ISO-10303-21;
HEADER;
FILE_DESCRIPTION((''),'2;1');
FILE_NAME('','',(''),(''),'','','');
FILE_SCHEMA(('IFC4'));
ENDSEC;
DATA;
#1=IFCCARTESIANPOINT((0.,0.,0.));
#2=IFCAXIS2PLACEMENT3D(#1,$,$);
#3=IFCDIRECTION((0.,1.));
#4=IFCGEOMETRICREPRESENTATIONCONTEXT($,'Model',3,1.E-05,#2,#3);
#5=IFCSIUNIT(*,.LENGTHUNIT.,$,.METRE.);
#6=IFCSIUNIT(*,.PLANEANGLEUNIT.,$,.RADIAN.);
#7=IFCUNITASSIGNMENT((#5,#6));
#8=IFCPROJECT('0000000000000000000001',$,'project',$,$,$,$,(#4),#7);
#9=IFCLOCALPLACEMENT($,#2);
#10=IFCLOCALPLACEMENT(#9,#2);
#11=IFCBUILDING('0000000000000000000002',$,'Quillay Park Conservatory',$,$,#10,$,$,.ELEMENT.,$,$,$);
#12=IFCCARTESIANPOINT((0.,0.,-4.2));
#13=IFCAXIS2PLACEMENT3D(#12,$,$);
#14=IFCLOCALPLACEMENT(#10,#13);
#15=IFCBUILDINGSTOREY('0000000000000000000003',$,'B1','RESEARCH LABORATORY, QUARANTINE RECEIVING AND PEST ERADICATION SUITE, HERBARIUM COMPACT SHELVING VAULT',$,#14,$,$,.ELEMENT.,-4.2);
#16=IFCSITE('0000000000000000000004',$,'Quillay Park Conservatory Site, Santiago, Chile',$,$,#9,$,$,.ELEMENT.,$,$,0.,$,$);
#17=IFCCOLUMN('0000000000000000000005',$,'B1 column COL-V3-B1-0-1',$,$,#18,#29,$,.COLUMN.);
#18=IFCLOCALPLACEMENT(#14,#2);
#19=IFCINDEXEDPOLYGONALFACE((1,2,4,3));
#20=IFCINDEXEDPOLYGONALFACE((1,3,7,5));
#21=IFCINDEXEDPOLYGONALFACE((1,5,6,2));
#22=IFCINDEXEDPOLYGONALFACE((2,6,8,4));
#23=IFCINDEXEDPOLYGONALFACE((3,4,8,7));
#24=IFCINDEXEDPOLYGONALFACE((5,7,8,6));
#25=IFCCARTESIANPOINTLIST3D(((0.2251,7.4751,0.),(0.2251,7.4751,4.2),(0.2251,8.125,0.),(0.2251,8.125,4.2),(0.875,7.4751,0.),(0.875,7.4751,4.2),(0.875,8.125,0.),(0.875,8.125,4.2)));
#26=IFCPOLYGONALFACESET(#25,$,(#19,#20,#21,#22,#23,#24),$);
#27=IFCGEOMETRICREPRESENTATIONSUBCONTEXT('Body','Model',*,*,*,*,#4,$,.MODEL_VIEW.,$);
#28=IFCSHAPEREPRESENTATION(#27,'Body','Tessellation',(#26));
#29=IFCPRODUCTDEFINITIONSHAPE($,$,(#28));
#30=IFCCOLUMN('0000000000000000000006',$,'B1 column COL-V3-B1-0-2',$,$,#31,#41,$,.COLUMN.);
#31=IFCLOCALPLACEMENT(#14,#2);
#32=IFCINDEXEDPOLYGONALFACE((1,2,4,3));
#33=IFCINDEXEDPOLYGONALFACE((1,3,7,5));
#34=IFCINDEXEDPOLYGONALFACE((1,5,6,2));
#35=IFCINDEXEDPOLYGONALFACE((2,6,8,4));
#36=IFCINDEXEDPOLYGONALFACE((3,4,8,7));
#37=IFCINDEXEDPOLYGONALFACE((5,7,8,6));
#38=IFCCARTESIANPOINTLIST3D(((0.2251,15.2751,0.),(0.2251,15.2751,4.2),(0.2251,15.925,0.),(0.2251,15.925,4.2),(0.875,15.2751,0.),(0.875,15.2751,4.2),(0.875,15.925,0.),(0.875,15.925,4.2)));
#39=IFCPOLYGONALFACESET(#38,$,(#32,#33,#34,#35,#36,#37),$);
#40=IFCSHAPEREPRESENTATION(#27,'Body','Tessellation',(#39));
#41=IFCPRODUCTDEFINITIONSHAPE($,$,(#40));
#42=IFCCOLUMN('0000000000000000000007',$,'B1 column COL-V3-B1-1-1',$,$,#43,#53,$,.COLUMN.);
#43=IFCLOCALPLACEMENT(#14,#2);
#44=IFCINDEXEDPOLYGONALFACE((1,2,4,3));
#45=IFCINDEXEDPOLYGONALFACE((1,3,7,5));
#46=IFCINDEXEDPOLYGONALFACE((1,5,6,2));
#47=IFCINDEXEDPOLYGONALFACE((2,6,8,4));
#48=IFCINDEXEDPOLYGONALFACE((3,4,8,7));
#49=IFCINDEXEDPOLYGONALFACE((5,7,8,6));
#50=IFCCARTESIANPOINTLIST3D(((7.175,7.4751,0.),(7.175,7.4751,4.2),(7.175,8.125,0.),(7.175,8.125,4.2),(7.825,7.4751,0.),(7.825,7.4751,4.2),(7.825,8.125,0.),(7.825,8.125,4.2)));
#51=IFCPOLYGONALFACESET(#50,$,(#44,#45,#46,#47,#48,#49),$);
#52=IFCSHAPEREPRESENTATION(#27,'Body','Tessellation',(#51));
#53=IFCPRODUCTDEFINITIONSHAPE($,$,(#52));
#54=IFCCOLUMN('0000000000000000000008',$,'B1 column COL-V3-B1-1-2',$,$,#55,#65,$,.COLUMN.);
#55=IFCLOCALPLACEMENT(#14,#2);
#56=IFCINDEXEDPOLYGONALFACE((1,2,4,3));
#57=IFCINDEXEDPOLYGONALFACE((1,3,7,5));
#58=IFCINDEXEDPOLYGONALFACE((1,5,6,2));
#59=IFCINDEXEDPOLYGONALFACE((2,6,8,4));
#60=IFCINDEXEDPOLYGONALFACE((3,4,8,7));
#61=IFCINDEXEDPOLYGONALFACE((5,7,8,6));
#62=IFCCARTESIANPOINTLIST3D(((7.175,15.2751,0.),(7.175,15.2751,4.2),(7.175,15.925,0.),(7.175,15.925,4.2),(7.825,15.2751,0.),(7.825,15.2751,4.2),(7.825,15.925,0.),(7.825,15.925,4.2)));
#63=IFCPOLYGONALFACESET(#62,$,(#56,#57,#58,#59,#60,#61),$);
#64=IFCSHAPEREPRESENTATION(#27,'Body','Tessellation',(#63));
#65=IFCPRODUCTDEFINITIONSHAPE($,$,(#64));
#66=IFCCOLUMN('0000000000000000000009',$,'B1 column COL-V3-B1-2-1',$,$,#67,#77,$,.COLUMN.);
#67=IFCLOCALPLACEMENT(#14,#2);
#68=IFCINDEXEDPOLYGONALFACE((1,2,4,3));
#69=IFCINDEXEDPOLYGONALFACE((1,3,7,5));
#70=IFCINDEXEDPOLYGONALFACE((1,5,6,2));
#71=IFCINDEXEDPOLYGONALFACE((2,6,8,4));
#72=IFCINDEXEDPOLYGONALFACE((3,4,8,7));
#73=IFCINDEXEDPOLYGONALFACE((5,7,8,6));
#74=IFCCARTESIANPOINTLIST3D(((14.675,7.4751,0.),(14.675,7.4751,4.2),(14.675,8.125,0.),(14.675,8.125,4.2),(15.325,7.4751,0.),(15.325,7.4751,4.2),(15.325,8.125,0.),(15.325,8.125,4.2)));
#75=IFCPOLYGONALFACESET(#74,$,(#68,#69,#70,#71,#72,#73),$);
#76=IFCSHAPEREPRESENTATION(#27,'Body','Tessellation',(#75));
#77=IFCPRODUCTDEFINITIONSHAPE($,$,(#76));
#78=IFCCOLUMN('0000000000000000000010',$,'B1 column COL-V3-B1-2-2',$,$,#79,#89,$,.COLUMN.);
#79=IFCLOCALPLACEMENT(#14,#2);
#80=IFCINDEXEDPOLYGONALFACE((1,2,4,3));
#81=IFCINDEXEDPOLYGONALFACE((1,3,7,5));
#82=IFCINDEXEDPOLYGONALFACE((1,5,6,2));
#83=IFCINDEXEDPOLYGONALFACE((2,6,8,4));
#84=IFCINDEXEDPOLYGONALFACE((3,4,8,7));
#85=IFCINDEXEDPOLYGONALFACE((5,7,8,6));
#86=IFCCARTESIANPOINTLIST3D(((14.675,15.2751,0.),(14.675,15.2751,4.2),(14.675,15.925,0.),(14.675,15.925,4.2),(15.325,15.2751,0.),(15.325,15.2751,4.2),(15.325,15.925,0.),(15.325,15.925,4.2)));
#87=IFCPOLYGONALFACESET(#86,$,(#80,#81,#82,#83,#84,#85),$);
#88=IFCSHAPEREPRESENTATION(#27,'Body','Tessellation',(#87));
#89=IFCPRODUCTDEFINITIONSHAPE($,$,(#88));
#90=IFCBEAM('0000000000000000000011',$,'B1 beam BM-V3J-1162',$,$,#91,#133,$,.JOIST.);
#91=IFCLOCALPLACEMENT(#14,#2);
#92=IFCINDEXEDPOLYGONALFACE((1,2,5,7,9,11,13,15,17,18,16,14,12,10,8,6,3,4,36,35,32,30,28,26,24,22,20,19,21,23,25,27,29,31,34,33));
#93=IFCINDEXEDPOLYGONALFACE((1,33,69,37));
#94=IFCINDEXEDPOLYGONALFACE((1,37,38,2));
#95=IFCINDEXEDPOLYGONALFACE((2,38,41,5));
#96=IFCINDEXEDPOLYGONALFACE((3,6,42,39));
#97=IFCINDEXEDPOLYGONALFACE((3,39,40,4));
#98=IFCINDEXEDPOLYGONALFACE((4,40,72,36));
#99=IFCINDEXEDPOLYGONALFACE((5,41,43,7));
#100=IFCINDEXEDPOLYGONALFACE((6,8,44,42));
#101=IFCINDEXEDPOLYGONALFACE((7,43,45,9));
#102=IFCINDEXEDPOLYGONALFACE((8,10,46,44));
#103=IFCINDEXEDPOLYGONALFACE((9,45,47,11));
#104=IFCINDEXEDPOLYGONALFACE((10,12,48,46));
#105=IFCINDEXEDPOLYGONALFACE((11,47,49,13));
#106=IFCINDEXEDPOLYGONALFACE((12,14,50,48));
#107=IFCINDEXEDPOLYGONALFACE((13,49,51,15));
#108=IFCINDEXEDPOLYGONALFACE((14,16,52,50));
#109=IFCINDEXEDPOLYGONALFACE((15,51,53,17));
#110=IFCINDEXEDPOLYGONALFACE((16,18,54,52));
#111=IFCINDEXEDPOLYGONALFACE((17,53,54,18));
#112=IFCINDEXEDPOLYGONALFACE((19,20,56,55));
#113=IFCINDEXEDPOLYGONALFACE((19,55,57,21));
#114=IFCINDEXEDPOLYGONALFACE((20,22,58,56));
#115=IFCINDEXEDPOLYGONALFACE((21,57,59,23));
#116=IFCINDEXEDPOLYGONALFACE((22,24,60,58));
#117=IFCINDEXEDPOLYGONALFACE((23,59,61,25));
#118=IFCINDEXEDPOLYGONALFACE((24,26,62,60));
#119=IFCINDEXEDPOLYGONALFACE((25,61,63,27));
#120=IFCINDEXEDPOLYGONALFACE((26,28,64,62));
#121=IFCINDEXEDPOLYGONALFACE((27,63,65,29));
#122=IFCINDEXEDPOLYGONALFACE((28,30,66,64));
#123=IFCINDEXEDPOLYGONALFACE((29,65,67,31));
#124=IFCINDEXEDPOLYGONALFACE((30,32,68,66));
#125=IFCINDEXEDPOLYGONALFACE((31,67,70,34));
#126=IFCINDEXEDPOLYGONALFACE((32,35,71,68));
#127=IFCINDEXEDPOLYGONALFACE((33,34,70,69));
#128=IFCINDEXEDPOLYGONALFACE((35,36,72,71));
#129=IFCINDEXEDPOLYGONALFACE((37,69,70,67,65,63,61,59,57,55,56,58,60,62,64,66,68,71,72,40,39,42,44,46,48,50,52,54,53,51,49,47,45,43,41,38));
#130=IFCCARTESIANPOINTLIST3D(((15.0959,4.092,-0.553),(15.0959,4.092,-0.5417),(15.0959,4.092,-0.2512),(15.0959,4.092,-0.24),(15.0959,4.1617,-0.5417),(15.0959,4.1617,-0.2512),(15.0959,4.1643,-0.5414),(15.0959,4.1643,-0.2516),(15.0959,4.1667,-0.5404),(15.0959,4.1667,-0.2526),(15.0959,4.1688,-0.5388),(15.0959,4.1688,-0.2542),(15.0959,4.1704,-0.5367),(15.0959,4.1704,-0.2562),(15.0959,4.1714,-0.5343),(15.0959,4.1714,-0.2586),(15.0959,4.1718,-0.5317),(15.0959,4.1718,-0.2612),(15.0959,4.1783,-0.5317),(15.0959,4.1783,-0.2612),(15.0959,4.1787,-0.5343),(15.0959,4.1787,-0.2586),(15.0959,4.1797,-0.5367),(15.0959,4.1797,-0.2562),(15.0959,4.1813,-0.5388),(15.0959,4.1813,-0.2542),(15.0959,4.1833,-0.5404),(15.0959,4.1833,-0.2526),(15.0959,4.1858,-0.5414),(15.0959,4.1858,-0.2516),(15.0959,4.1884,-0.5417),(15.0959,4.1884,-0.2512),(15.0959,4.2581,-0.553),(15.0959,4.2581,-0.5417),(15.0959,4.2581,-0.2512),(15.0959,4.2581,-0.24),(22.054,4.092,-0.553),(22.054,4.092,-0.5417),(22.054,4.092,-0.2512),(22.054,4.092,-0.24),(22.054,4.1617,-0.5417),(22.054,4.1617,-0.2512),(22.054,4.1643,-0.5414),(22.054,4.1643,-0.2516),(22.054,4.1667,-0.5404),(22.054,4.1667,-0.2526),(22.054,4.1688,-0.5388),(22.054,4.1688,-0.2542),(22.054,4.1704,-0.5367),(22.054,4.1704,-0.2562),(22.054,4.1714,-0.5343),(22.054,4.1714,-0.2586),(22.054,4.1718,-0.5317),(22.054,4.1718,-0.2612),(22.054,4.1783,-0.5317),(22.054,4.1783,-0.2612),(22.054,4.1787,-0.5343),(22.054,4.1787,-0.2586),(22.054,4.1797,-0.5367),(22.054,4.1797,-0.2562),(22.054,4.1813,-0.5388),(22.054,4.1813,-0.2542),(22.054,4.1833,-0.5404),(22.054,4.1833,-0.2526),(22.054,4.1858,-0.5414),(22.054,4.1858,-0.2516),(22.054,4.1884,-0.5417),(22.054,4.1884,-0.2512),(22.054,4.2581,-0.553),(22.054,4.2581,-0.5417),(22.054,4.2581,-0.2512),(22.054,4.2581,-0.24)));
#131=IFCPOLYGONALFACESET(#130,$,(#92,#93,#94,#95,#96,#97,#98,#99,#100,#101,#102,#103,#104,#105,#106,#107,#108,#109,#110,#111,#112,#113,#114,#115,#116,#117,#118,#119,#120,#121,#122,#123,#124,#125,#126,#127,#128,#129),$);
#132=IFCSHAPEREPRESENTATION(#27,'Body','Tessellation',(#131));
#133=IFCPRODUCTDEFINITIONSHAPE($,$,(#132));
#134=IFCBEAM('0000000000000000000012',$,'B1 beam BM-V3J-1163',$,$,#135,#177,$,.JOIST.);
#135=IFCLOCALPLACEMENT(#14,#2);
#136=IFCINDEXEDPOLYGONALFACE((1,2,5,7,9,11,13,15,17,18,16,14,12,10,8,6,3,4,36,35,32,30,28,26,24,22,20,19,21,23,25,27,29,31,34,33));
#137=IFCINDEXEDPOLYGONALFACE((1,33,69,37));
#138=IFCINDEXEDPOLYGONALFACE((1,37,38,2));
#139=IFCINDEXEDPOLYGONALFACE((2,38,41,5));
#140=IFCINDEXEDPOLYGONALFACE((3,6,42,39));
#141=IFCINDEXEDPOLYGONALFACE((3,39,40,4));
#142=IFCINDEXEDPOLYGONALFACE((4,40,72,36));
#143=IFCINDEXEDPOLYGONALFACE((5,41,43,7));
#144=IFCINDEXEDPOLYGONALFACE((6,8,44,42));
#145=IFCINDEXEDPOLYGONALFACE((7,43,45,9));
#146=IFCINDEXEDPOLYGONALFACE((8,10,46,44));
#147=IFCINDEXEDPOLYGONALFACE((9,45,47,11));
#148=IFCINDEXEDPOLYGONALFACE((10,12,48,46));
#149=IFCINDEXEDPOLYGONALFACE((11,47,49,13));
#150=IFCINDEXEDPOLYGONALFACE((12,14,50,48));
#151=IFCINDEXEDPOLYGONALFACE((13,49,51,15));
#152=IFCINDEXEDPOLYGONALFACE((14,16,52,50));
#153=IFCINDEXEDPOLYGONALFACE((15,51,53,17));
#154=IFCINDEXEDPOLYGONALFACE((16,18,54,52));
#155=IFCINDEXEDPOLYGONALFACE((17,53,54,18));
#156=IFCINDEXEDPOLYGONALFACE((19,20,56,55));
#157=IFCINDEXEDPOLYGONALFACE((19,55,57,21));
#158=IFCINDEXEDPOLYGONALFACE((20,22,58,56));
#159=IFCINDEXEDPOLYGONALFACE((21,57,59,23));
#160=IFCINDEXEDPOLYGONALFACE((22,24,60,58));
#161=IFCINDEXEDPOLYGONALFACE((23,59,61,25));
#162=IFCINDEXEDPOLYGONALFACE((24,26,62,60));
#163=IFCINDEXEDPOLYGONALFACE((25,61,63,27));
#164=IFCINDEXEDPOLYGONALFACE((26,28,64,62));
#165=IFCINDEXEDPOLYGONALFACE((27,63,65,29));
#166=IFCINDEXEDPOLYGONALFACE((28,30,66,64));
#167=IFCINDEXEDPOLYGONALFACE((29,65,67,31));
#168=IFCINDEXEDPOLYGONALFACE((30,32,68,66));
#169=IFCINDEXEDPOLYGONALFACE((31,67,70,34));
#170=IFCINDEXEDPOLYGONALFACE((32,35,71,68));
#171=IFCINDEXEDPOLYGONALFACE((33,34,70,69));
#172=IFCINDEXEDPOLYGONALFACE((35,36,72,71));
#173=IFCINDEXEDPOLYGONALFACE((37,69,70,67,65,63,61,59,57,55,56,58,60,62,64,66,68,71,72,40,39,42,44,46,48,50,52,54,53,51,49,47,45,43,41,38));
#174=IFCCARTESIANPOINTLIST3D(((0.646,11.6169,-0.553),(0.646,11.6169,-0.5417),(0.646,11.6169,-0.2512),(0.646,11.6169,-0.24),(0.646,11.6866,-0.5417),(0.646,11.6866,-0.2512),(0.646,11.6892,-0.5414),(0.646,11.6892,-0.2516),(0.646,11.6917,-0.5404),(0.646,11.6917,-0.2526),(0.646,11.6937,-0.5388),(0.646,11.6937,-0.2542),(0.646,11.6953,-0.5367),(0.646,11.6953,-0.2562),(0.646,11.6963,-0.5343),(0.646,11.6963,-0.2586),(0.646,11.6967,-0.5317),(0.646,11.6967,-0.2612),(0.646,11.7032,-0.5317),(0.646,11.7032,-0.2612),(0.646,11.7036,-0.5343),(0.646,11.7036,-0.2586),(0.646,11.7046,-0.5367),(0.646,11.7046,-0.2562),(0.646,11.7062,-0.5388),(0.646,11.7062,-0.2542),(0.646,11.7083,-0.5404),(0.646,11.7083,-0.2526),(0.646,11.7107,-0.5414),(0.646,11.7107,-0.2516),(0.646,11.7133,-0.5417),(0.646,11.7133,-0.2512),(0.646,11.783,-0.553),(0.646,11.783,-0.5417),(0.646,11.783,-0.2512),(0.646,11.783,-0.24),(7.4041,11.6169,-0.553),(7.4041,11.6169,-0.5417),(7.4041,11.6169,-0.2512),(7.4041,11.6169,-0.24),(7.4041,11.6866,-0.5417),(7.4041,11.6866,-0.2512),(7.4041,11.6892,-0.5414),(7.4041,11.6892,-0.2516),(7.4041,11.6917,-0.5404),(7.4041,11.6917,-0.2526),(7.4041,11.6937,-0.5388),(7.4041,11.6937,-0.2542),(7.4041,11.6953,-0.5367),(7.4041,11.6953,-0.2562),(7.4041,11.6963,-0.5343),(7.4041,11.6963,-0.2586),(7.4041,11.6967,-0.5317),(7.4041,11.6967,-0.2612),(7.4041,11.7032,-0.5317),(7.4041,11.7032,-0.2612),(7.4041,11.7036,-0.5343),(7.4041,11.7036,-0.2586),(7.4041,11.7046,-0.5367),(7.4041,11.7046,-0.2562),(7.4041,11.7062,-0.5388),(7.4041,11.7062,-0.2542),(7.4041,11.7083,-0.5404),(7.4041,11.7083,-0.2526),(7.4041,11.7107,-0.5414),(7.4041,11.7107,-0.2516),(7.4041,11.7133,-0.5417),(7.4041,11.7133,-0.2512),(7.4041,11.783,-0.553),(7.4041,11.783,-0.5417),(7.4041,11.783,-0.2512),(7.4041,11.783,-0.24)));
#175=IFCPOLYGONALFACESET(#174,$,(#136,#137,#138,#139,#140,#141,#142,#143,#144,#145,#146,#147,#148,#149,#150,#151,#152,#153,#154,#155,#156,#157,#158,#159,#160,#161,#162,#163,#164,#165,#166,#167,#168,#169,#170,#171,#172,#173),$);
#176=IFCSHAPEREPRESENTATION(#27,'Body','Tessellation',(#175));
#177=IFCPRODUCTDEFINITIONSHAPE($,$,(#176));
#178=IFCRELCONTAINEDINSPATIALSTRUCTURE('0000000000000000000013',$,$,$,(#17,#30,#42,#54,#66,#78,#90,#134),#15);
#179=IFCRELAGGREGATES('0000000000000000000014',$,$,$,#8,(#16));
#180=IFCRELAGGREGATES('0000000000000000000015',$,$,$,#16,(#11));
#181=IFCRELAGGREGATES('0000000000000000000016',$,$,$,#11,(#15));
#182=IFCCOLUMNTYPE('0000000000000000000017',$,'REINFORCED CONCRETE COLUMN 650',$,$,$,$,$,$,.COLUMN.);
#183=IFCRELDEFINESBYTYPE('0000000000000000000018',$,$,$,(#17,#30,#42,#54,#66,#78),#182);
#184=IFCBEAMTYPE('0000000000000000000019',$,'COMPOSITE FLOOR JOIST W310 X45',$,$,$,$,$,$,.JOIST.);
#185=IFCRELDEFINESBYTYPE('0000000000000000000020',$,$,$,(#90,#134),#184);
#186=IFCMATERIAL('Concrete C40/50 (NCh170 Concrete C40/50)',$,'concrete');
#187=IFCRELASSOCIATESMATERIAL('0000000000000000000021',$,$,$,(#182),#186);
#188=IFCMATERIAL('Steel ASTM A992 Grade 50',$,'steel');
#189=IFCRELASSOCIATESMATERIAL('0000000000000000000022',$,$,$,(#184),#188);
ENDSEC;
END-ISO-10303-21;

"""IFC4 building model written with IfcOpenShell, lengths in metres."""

from ifc_helpers import new_model, si_unit, direction, frame, origin, origin_2d, place, context, subcontext, project, spatial, rectangle, i_section, extrude, material, material_profile, profile_set, type_object, element, save


model = new_model("IFC4")

# Units and contexts
model_context = context("Model", 3, precision=1e-05, world=origin(), true_north=direction((0.0, 1.0)))
body_context = subcontext(model_context, "Body", "Model", "MODEL_VIEW")
ifc_project = project(units=[si_unit("LENGTHUNIT", "METRE"), si_unit("PLANEANGLEUNIT", "RADIAN")], contexts=[model_context])

# Site, building, storey
site_placement = place(None, origin())
site = spatial("IfcSite", under=ifc_project, at=site_placement, Name="Quillay Park Conservatory Site, Santiago, Chile", CompositionType="ELEMENT", RefElevation=0.0)
building_placement = place(site_placement, origin())
building = spatial("IfcBuilding", under=site, at=building_placement, Name="Quillay Park Conservatory", CompositionType="ELEMENT")
storey_placement = place(building_placement, frame((0.0, 0.0, -4.2)))
storey = spatial("IfcBuildingStorey", under=building, at=storey_placement, Name="B1", Description="RESEARCH LABORATORY, QUARANTINE RECEIVING AND PEST ERADICATION SUITE, HERBARIUM COMPACT SHELVING VAULT", CompositionType="ELEMENT", Elevation=-4.2)

# Columns
ifc_material_1 = material(Name="Concrete C40/50 (NCh170 Concrete C40/50)", Category="concrete")
ifc_material_profile_1 = material_profile(ifc_material_1, rectangle(XDim=0.6499, YDim=0.6499, at=origin_2d()), Name="RC650x650")
ifc_profile_set_1 = profile_set([ifc_material_profile_1], Name="Concrete C40/50 (NCh170 Concrete C40/50)")
column_type = type_object("IfcColumnType", Name="REINFORCED CONCRETE COLUMN 650", PredefinedType="COLUMN", material=ifc_profile_set_1)
for number, where, z_axis, x_axis, name in (
    (1, (0.55, 7.8, 0.0), (0.0, 0.0, 1.0), (1.0, 0.0, 0.0), "B1 column COL-V3-B1-0-1"),
    (2, (0.55, 15.6001, 0.0), (0.0, 0.0, 1.0), (1.0, 0.0, 0.0), "B1 column COL-V3-B1-0-2"),
    (3, (7.5, 7.8, 0.0), (0.0, 0.0, 1.0), (1.0, 0.0, 0.0), "B1 column COL-V3-B1-1-1"),
    (4, (7.5, 15.6001, 0.0), (0.0, 0.0, 1.0), (1.0, 0.0, 0.0), "B1 column COL-V3-B1-1-2"),
    (5, (15.0, 7.8, 0.0), (0.0, 0.0, 1.0), (1.0, 0.0, 0.0), "B1 column COL-V3-B1-2-1"),
    (6, (15.0, 15.6001, 0.0), (0.0, 0.0, 1.0), (1.0, 0.0, 0.0), "B1 column COL-V3-B1-2-2"),
):
    element("IfcColumn", number, at=place(storey_placement, frame(where, z_axis=z_axis, x_axis=x_axis)), inside=storey, type_object=column_type, Name=name, PredefinedType="COLUMN", context=body_context, shape_type="SweptSolid", body=[
        extrude(rectangle(XDim=0.6499, YDim=0.6499, at=origin_2d()), origin(), (0.0, 0.0, 1.0), 4.2),
    ])

# Beams
ifc_material_2 = material(Name="Steel ASTM A992 Grade 50", Category="steel")
ifc_material_profile_2 = material_profile(ifc_material_2, i_section(OverallWidth=0.166, OverallDepth=0.313, WebThickness=0.0066, FlangeThickness=0.0112, FilletRadius=0.01, at=origin_2d()), Name="W310x45")
ifc_profile_set_2 = profile_set([ifc_material_profile_2], Name="Steel ASTM A992 Grade 50")
beam_type_1 = type_object("IfcBeamType", Name="COMPOSITE FLOOR JOIST W310 X45", PredefinedType="JOIST", material=ifc_profile_set_2)
beam_1_placement = place(storey_placement, frame((15.0959, 4.175, -0.3965), z_axis=(1.0, 0.0, 0.0), x_axis=(0.0, 1.0, 0.0)))
element("IfcBeam", 7, at=beam_1_placement, inside=storey, type_object=beam_type_1, Name="B1 beam BM-V3J-1162", PredefinedType="JOIST", context=body_context, shape_type="SweptSolid", body=[
    extrude(i_section(OverallWidth=0.166, OverallDepth=0.313, WebThickness=0.0066, FlangeThickness=0.0112, FilletRadius=0.01, at=origin_2d()), origin(), (0.0, 0.0, 1.0), 6.958),
])
beam_2_placement = place(storey_placement, frame((0.646, 11.7, -0.3965), z_axis=(1.0, 0.0, 0.0), x_axis=(0.0, 1.0, 0.0)))
element("IfcBeam", 8, at=beam_2_placement, inside=storey, type_object=beam_type_1, Name="B1 beam BM-V3J-1163", PredefinedType="JOIST", context=body_context, shape_type="SweptSolid", body=[
    extrude(i_section(OverallWidth=0.166, OverallDepth=0.313, WebThickness=0.0066, FlangeThickness=0.0112, FilletRadius=0.01, at=origin_2d()), origin(), (0.0, 0.0, 1.0), 6.7581),
])

save(model, "model.ifc")
